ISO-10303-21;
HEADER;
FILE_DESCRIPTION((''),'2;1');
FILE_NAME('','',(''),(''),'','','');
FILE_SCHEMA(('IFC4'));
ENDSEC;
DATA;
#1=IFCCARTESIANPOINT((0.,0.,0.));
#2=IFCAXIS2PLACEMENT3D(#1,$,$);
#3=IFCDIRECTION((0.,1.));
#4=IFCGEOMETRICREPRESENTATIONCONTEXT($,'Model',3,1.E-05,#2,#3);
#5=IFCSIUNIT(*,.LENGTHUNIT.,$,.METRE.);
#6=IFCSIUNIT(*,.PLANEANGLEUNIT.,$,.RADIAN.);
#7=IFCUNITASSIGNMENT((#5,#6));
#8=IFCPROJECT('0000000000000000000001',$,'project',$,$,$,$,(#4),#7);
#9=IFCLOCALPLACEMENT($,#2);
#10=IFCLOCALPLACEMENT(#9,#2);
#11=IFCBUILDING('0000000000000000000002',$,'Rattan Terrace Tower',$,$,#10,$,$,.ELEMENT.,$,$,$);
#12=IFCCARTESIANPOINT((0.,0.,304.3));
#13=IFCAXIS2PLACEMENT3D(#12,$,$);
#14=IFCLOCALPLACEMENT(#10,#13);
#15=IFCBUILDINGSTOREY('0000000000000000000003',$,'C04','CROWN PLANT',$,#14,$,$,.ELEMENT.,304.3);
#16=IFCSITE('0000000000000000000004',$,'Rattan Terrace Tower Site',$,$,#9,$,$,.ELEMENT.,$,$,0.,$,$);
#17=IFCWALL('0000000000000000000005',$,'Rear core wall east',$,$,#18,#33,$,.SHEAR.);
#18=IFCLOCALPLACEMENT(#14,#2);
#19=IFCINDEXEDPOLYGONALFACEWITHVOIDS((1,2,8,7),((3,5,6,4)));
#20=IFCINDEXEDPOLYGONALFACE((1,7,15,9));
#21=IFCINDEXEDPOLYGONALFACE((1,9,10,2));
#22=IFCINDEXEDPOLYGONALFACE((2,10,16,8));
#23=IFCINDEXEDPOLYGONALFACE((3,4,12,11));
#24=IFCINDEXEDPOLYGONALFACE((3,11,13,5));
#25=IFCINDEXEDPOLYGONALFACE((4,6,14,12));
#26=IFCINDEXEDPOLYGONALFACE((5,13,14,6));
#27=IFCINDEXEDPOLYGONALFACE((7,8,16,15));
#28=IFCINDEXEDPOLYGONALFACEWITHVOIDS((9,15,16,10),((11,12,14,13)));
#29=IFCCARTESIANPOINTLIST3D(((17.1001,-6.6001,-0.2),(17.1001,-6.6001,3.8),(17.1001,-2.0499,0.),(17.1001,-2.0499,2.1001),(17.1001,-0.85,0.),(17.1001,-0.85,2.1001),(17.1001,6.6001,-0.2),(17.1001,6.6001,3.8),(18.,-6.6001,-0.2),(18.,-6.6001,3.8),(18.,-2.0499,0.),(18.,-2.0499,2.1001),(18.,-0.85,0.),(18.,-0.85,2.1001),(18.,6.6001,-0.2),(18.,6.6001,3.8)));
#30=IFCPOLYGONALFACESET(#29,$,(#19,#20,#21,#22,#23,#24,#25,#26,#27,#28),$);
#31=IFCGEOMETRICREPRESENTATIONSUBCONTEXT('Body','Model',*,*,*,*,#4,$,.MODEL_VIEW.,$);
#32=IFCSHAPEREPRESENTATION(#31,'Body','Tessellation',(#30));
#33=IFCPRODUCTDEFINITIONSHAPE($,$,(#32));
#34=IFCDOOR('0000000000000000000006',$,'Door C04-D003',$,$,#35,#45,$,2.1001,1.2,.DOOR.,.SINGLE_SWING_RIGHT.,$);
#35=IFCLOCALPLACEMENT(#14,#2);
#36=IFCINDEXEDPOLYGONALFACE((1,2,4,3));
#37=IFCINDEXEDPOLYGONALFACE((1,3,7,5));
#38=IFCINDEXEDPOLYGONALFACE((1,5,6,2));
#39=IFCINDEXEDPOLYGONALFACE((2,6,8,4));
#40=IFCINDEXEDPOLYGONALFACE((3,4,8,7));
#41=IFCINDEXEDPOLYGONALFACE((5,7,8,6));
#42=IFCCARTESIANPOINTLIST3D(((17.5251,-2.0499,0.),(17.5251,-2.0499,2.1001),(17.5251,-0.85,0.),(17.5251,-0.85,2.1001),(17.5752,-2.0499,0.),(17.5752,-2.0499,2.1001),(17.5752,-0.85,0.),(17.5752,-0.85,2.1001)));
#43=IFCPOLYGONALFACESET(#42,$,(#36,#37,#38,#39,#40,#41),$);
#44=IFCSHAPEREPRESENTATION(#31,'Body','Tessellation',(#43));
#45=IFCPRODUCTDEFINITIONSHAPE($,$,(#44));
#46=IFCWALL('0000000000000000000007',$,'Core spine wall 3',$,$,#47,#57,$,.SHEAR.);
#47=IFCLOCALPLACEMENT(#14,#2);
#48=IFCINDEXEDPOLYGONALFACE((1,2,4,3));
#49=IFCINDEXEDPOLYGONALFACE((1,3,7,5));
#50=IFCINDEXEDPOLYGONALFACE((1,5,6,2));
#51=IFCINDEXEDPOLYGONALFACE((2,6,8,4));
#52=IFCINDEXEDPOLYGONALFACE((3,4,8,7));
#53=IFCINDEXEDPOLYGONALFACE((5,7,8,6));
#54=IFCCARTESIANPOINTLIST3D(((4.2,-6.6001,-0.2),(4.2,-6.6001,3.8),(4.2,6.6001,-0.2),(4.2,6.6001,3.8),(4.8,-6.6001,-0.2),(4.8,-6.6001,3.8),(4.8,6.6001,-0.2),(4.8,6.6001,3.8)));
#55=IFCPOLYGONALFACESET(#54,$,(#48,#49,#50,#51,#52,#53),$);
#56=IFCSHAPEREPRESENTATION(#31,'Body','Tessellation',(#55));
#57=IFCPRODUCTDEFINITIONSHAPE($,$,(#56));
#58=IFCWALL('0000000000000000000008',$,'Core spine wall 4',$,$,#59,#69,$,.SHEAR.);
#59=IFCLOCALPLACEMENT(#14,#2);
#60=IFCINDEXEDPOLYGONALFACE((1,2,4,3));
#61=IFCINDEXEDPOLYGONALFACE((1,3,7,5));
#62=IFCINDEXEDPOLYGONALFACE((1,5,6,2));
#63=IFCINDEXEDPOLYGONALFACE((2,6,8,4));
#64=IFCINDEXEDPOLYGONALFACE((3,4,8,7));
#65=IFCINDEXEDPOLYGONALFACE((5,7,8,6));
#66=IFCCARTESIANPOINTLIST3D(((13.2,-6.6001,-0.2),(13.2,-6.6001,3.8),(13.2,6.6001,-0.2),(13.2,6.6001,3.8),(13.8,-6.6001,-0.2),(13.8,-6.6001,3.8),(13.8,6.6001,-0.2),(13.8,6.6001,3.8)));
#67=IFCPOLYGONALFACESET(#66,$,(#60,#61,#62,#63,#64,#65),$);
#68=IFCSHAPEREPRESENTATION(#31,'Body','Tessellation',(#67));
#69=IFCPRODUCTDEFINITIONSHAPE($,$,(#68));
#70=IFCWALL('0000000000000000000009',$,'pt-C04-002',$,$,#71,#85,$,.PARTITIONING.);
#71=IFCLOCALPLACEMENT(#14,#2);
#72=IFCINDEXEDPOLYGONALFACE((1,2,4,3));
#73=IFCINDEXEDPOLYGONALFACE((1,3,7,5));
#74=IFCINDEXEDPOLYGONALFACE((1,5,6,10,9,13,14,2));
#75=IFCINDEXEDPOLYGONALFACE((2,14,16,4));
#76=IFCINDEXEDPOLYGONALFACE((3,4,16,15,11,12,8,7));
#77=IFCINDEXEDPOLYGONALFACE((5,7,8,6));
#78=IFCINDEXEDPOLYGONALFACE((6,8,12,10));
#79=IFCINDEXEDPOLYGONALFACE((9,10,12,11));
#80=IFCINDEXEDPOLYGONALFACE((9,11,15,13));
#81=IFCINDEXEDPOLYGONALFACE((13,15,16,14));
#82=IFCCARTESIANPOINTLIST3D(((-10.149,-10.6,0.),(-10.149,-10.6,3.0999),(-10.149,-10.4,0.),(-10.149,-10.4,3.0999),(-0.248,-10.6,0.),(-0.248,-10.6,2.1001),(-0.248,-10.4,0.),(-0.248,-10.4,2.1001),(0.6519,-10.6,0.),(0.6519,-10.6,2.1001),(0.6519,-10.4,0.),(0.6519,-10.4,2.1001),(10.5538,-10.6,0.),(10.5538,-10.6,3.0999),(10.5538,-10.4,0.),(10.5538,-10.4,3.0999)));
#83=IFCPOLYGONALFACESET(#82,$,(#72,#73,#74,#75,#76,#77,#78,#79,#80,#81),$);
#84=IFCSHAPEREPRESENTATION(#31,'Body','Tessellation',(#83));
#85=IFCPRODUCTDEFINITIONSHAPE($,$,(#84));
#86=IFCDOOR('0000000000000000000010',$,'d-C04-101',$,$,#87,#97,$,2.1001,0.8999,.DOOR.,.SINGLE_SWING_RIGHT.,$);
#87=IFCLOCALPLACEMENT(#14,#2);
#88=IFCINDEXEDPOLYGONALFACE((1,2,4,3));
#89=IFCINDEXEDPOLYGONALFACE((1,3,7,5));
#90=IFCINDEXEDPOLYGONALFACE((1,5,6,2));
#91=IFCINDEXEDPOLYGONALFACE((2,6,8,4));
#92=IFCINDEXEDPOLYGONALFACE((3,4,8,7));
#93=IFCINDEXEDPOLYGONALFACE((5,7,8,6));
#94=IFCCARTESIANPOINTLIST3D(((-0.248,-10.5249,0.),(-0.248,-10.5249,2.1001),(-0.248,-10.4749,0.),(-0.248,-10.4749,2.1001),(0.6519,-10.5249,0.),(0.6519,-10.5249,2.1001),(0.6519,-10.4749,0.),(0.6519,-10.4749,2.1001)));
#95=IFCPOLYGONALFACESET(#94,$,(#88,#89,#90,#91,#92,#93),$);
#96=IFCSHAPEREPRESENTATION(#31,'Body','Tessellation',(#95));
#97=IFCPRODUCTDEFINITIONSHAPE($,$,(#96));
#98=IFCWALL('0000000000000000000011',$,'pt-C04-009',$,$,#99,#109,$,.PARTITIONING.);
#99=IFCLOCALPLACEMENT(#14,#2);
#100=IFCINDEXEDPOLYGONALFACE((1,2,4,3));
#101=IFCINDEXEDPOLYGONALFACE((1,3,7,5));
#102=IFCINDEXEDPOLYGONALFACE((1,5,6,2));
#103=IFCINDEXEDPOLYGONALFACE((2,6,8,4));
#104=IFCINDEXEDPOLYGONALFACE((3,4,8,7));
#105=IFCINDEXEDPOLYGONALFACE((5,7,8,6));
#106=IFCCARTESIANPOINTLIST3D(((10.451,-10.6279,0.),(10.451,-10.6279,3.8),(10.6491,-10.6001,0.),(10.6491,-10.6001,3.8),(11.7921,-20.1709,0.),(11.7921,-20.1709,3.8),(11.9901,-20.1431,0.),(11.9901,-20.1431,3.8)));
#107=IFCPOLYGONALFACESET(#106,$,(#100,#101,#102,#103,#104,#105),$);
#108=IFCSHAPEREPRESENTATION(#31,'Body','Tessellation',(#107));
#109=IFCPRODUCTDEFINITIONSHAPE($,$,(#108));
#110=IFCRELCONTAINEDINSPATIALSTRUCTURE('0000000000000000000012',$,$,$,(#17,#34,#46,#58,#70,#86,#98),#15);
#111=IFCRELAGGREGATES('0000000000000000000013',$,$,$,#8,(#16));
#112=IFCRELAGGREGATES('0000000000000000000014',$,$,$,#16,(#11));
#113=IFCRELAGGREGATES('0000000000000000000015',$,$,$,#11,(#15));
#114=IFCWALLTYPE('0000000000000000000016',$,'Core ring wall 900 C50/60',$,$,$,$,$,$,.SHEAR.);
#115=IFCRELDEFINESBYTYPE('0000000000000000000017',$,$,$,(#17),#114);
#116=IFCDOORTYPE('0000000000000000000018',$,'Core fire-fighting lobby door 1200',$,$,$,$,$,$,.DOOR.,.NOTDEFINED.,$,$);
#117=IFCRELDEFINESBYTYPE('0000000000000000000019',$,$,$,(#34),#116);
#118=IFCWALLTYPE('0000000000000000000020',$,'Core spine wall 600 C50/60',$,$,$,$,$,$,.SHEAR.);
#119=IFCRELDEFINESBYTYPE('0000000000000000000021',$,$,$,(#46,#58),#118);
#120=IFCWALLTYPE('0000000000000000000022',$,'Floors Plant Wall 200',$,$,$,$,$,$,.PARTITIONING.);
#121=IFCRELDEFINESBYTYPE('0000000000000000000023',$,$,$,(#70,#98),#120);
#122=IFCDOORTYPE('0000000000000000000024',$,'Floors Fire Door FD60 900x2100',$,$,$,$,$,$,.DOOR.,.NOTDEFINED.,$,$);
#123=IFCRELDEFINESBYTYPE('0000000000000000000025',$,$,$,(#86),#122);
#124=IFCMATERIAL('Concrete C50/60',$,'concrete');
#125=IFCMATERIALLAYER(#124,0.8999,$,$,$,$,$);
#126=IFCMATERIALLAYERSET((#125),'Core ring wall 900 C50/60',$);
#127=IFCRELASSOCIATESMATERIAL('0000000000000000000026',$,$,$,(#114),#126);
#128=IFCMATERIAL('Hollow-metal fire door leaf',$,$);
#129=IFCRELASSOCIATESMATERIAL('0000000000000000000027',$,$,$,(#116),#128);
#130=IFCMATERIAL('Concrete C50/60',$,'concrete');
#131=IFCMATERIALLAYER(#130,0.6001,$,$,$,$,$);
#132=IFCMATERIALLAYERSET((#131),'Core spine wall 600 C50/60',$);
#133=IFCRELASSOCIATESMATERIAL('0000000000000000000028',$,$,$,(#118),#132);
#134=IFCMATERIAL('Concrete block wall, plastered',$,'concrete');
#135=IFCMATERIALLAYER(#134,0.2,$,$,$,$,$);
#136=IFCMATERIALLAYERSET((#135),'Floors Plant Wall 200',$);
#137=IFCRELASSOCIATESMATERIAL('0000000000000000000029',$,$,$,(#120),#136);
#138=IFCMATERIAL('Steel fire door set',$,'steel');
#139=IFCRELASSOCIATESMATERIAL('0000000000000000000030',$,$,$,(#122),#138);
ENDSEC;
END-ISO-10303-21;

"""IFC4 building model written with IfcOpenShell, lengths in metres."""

from ifc_helpers import new_model, si_unit, direction, frame, frame_2d, origin, place, context, subcontext, project, spatial, rectangle, extrude, material, layer, layer_set, type_object, element, fill, save


model = new_model("IFC4")

# Units and contexts
model_context = context("Model", 3, precision=1e-05, world=origin(), true_north=direction((0.0, 1.0)))
body_context = subcontext(model_context, "Body", "Model", "MODEL_VIEW")
ifc_project = project(units=[si_unit("LENGTHUNIT", "METRE"), si_unit("PLANEANGLEUNIT", "RADIAN")], contexts=[model_context])

# Site, building, storey
site_placement = place(None, origin())
site = spatial("IfcSite", under=ifc_project, at=site_placement, Name="Rattan Terrace Tower Site", CompositionType="ELEMENT", RefElevation=0.0)
building_placement = place(site_placement, origin())
building = spatial("IfcBuilding", under=site, at=building_placement, Name="Rattan Terrace Tower", CompositionType="ELEMENT")
storey_placement = place(building_placement, frame((0.0, 0.0, 304.3)))
storey = spatial("IfcBuildingStorey", under=building, at=storey_placement, Name="C04", Description="CROWN PLANT", CompositionType="ELEMENT", Elevation=304.3)

# Wall, opening, door
ifc_material_1 = material(Name="Concrete C50/60", Category="concrete")
ifc_layer_1 = layer(ifc_material_1, 0.8999)
ifc_layer_set_1 = layer_set([ifc_layer_1], Name="Core ring wall 900 C50/60")
wall_type_1 = type_object("IfcWallType", Name="Core ring wall 900 C50/60", PredefinedType="SHEAR", material=ifc_layer_set_1)
wall_1_placement = place(storey_placement, frame((17.55, -6.6001, -0.2), z_axis=(0.0, 0.0, 1.0), x_axis=(0.0, 1.0, 0.0)))
wall_1 = element("IfcWall", 1, at=wall_1_placement, inside=storey, type_object=wall_type_1, Name="Rear core wall east", PredefinedType="SHEAR", context=body_context, shape_type="SweptSolid", body=[
    extrude(rectangle(XDim=13.2002, YDim=0.8999, at=frame_2d((6.6001, 0.0))), origin(), (0.0, 0.0, 1.0), 4.0),
])
opening_1_placement = place(wall_1_placement, frame((4.55, 0.0, 0.2)))
opening_1 = element("IfcOpeningElement", 2, at=opening_1_placement, cuts=wall_1, PredefinedType="OPENING", context=body_context, shape_type="SweptSolid", body=[
    extrude(rectangle(XDim=1.2, YDim=2.1001, at=frame_2d((0.6001, 1.05))), frame((0.0, 0.4604, 0.0), z_axis=(0.0, -1.0, 0.0), x_axis=(1.0, 0.0, 0.0)), (0.0, 0.0, 1.0), 0.9209),
])
ifc_material_2 = material(Name="Hollow-metal fire door leaf")
door_type_1 = type_object("IfcDoorType", Name="Core fire-fighting lobby door 1200", OperationType="NOTDEFINED", PredefinedType="DOOR", material=ifc_material_2)
door_1_placement = place(opening_1_placement, origin())
door_1 = element("IfcDoor", 3, at=door_1_placement, inside=storey, type_object=door_type_1, Name="Door C04-D003", OperationType="SINGLE_SWING_RIGHT", OverallHeight=2.1001, OverallWidth=1.2, PredefinedType="DOOR", context=body_context, shape_type="SweptSolid", body=[
    extrude(rectangle(XDim=1.2, YDim=2.1001, at=frame_2d((0.6001, 1.05))), frame((0.0, 0.0249, 0.0), z_axis=(0.0, -1.0, 0.0), x_axis=(1.0, 0.0, 0.0)), (0.0, 0.0, 1.0), 0.05),
])
fill(opening_1, door_1)

# Walls
ifc_material_3 = material(Name="Concrete C50/60", Category="concrete")
ifc_layer_2 = layer(ifc_material_3, 0.6001)
ifc_layer_set_2 = layer_set([ifc_layer_2], Name="Core spine wall 600 C50/60")
wall_type_2 = type_object("IfcWallType", Name="Core spine wall 600 C50/60", PredefinedType="SHEAR", material=ifc_layer_set_2)
for number, where, z_axis, x_axis, name in (
    (4, (4.5, -6.6001, -0.2), (0.0, 0.0, 1.0), (0.0, 1.0, 0.0), "Core spine wall 3"),
    (5, (13.5, -6.6001, -0.2), (0.0, 0.0, 1.0), (0.0, 1.0, 0.0), "Core spine wall 4"),
):
    element("IfcWall", number, at=place(storey_placement, frame(where, z_axis=z_axis, x_axis=x_axis)), inside=storey, type_object=wall_type_2, Name=name, PredefinedType="SHEAR", context=body_context, shape_type="SweptSolid", body=[
        extrude(rectangle(XDim=13.2002, YDim=0.6001, at=frame_2d((6.6001, 0.0))), origin(), (0.0, 0.0, 1.0), 4.0),
    ])

# Wall, opening, door
ifc_material_4 = material(Name="Concrete block wall, plastered", Category="concrete")
ifc_layer_3 = layer(ifc_material_4, 0.2)
ifc_layer_set_3 = layer_set([ifc_layer_3], Name="Floors Plant Wall 200")
wall_type_3 = type_object("IfcWallType", Name="Floors Plant Wall 200", PredefinedType="PARTITIONING", material=ifc_layer_set_3)
wall_2_placement = place(storey_placement, frame((10.554, -10.5, 0.0), z_axis=(0.0, 0.0, 1.0), x_axis=(-1.0, 0.0, 0.0)))
wall_2 = element("IfcWall", 6, at=wall_2_placement, inside=storey, type_object=wall_type_3, Name="pt-C04-002", PredefinedType="PARTITIONING", context=body_context, shape_type="SweptSolid", body=[
    extrude(rectangle(XDim=20.7029, YDim=0.2, at=frame_2d((10.3516, 0.0))), origin(), (0.0, 0.0, 1.0), 3.0999),
])
opening_2_placement = place(wall_2_placement, frame((9.9021, 0.0, 0.0)))
opening_2 = element("IfcOpeningElement", 7, at=opening_2_placement, cuts=wall_2, PredefinedType="OPENING", context=body_context, shape_type="SweptSolid", body=[
    extrude(rectangle(XDim=0.8999, YDim=2.1001, at=frame_2d((0.45, 1.05))), frame((0.0, 0.1106, 0.0), z_axis=(0.0, -1.0, 0.0), x_axis=(1.0, 0.0, 0.0)), (0.0, 0.0, 1.0), 0.2209),
])
ifc_material_5 = material(Name="Steel fire door set", Category="steel")
door_type_2 = type_object("IfcDoorType", Name="Floors Fire Door FD60 900x2100", OperationType="NOTDEFINED", PredefinedType="DOOR", material=ifc_material_5)
door_2_placement = place(opening_2_placement, origin())
door_2 = element("IfcDoor", 8, at=door_2_placement, inside=storey, type_object=door_type_2, Name="d-C04-101", OperationType="SINGLE_SWING_RIGHT", OverallHeight=2.1001, OverallWidth=0.8999, PredefinedType="DOOR", context=body_context, shape_type="SweptSolid", body=[
    extrude(rectangle(XDim=0.8999, YDim=2.1001, at=frame_2d((0.45, 1.05))), frame((0.0, 0.0249, 0.0), z_axis=(0.0, -1.0, 0.0), x_axis=(1.0, 0.0, 0.0)), (0.0, 0.0, 1.0), 0.05),
])
fill(opening_2, door_2)

# Wall
wall_3_placement = place(storey_placement, frame((10.55, -10.614, 0.0), z_axis=(0.0, 0.0, 1.0), x_axis=(0.139162, -0.99027, 0.0)))
element("IfcWall", 9, at=wall_3_placement, inside=storey, type_object=wall_type_3, Name="pt-C04-009", PredefinedType="PARTITIONING", context=body_context, shape_type="SweptSolid", body=[
    extrude(rectangle(XDim=9.6367, YDim=0.2, at=frame_2d((4.8184, 0.0))), origin(), (0.0, 0.0, 1.0), 3.8),
])

save(model, "model.ifc")
